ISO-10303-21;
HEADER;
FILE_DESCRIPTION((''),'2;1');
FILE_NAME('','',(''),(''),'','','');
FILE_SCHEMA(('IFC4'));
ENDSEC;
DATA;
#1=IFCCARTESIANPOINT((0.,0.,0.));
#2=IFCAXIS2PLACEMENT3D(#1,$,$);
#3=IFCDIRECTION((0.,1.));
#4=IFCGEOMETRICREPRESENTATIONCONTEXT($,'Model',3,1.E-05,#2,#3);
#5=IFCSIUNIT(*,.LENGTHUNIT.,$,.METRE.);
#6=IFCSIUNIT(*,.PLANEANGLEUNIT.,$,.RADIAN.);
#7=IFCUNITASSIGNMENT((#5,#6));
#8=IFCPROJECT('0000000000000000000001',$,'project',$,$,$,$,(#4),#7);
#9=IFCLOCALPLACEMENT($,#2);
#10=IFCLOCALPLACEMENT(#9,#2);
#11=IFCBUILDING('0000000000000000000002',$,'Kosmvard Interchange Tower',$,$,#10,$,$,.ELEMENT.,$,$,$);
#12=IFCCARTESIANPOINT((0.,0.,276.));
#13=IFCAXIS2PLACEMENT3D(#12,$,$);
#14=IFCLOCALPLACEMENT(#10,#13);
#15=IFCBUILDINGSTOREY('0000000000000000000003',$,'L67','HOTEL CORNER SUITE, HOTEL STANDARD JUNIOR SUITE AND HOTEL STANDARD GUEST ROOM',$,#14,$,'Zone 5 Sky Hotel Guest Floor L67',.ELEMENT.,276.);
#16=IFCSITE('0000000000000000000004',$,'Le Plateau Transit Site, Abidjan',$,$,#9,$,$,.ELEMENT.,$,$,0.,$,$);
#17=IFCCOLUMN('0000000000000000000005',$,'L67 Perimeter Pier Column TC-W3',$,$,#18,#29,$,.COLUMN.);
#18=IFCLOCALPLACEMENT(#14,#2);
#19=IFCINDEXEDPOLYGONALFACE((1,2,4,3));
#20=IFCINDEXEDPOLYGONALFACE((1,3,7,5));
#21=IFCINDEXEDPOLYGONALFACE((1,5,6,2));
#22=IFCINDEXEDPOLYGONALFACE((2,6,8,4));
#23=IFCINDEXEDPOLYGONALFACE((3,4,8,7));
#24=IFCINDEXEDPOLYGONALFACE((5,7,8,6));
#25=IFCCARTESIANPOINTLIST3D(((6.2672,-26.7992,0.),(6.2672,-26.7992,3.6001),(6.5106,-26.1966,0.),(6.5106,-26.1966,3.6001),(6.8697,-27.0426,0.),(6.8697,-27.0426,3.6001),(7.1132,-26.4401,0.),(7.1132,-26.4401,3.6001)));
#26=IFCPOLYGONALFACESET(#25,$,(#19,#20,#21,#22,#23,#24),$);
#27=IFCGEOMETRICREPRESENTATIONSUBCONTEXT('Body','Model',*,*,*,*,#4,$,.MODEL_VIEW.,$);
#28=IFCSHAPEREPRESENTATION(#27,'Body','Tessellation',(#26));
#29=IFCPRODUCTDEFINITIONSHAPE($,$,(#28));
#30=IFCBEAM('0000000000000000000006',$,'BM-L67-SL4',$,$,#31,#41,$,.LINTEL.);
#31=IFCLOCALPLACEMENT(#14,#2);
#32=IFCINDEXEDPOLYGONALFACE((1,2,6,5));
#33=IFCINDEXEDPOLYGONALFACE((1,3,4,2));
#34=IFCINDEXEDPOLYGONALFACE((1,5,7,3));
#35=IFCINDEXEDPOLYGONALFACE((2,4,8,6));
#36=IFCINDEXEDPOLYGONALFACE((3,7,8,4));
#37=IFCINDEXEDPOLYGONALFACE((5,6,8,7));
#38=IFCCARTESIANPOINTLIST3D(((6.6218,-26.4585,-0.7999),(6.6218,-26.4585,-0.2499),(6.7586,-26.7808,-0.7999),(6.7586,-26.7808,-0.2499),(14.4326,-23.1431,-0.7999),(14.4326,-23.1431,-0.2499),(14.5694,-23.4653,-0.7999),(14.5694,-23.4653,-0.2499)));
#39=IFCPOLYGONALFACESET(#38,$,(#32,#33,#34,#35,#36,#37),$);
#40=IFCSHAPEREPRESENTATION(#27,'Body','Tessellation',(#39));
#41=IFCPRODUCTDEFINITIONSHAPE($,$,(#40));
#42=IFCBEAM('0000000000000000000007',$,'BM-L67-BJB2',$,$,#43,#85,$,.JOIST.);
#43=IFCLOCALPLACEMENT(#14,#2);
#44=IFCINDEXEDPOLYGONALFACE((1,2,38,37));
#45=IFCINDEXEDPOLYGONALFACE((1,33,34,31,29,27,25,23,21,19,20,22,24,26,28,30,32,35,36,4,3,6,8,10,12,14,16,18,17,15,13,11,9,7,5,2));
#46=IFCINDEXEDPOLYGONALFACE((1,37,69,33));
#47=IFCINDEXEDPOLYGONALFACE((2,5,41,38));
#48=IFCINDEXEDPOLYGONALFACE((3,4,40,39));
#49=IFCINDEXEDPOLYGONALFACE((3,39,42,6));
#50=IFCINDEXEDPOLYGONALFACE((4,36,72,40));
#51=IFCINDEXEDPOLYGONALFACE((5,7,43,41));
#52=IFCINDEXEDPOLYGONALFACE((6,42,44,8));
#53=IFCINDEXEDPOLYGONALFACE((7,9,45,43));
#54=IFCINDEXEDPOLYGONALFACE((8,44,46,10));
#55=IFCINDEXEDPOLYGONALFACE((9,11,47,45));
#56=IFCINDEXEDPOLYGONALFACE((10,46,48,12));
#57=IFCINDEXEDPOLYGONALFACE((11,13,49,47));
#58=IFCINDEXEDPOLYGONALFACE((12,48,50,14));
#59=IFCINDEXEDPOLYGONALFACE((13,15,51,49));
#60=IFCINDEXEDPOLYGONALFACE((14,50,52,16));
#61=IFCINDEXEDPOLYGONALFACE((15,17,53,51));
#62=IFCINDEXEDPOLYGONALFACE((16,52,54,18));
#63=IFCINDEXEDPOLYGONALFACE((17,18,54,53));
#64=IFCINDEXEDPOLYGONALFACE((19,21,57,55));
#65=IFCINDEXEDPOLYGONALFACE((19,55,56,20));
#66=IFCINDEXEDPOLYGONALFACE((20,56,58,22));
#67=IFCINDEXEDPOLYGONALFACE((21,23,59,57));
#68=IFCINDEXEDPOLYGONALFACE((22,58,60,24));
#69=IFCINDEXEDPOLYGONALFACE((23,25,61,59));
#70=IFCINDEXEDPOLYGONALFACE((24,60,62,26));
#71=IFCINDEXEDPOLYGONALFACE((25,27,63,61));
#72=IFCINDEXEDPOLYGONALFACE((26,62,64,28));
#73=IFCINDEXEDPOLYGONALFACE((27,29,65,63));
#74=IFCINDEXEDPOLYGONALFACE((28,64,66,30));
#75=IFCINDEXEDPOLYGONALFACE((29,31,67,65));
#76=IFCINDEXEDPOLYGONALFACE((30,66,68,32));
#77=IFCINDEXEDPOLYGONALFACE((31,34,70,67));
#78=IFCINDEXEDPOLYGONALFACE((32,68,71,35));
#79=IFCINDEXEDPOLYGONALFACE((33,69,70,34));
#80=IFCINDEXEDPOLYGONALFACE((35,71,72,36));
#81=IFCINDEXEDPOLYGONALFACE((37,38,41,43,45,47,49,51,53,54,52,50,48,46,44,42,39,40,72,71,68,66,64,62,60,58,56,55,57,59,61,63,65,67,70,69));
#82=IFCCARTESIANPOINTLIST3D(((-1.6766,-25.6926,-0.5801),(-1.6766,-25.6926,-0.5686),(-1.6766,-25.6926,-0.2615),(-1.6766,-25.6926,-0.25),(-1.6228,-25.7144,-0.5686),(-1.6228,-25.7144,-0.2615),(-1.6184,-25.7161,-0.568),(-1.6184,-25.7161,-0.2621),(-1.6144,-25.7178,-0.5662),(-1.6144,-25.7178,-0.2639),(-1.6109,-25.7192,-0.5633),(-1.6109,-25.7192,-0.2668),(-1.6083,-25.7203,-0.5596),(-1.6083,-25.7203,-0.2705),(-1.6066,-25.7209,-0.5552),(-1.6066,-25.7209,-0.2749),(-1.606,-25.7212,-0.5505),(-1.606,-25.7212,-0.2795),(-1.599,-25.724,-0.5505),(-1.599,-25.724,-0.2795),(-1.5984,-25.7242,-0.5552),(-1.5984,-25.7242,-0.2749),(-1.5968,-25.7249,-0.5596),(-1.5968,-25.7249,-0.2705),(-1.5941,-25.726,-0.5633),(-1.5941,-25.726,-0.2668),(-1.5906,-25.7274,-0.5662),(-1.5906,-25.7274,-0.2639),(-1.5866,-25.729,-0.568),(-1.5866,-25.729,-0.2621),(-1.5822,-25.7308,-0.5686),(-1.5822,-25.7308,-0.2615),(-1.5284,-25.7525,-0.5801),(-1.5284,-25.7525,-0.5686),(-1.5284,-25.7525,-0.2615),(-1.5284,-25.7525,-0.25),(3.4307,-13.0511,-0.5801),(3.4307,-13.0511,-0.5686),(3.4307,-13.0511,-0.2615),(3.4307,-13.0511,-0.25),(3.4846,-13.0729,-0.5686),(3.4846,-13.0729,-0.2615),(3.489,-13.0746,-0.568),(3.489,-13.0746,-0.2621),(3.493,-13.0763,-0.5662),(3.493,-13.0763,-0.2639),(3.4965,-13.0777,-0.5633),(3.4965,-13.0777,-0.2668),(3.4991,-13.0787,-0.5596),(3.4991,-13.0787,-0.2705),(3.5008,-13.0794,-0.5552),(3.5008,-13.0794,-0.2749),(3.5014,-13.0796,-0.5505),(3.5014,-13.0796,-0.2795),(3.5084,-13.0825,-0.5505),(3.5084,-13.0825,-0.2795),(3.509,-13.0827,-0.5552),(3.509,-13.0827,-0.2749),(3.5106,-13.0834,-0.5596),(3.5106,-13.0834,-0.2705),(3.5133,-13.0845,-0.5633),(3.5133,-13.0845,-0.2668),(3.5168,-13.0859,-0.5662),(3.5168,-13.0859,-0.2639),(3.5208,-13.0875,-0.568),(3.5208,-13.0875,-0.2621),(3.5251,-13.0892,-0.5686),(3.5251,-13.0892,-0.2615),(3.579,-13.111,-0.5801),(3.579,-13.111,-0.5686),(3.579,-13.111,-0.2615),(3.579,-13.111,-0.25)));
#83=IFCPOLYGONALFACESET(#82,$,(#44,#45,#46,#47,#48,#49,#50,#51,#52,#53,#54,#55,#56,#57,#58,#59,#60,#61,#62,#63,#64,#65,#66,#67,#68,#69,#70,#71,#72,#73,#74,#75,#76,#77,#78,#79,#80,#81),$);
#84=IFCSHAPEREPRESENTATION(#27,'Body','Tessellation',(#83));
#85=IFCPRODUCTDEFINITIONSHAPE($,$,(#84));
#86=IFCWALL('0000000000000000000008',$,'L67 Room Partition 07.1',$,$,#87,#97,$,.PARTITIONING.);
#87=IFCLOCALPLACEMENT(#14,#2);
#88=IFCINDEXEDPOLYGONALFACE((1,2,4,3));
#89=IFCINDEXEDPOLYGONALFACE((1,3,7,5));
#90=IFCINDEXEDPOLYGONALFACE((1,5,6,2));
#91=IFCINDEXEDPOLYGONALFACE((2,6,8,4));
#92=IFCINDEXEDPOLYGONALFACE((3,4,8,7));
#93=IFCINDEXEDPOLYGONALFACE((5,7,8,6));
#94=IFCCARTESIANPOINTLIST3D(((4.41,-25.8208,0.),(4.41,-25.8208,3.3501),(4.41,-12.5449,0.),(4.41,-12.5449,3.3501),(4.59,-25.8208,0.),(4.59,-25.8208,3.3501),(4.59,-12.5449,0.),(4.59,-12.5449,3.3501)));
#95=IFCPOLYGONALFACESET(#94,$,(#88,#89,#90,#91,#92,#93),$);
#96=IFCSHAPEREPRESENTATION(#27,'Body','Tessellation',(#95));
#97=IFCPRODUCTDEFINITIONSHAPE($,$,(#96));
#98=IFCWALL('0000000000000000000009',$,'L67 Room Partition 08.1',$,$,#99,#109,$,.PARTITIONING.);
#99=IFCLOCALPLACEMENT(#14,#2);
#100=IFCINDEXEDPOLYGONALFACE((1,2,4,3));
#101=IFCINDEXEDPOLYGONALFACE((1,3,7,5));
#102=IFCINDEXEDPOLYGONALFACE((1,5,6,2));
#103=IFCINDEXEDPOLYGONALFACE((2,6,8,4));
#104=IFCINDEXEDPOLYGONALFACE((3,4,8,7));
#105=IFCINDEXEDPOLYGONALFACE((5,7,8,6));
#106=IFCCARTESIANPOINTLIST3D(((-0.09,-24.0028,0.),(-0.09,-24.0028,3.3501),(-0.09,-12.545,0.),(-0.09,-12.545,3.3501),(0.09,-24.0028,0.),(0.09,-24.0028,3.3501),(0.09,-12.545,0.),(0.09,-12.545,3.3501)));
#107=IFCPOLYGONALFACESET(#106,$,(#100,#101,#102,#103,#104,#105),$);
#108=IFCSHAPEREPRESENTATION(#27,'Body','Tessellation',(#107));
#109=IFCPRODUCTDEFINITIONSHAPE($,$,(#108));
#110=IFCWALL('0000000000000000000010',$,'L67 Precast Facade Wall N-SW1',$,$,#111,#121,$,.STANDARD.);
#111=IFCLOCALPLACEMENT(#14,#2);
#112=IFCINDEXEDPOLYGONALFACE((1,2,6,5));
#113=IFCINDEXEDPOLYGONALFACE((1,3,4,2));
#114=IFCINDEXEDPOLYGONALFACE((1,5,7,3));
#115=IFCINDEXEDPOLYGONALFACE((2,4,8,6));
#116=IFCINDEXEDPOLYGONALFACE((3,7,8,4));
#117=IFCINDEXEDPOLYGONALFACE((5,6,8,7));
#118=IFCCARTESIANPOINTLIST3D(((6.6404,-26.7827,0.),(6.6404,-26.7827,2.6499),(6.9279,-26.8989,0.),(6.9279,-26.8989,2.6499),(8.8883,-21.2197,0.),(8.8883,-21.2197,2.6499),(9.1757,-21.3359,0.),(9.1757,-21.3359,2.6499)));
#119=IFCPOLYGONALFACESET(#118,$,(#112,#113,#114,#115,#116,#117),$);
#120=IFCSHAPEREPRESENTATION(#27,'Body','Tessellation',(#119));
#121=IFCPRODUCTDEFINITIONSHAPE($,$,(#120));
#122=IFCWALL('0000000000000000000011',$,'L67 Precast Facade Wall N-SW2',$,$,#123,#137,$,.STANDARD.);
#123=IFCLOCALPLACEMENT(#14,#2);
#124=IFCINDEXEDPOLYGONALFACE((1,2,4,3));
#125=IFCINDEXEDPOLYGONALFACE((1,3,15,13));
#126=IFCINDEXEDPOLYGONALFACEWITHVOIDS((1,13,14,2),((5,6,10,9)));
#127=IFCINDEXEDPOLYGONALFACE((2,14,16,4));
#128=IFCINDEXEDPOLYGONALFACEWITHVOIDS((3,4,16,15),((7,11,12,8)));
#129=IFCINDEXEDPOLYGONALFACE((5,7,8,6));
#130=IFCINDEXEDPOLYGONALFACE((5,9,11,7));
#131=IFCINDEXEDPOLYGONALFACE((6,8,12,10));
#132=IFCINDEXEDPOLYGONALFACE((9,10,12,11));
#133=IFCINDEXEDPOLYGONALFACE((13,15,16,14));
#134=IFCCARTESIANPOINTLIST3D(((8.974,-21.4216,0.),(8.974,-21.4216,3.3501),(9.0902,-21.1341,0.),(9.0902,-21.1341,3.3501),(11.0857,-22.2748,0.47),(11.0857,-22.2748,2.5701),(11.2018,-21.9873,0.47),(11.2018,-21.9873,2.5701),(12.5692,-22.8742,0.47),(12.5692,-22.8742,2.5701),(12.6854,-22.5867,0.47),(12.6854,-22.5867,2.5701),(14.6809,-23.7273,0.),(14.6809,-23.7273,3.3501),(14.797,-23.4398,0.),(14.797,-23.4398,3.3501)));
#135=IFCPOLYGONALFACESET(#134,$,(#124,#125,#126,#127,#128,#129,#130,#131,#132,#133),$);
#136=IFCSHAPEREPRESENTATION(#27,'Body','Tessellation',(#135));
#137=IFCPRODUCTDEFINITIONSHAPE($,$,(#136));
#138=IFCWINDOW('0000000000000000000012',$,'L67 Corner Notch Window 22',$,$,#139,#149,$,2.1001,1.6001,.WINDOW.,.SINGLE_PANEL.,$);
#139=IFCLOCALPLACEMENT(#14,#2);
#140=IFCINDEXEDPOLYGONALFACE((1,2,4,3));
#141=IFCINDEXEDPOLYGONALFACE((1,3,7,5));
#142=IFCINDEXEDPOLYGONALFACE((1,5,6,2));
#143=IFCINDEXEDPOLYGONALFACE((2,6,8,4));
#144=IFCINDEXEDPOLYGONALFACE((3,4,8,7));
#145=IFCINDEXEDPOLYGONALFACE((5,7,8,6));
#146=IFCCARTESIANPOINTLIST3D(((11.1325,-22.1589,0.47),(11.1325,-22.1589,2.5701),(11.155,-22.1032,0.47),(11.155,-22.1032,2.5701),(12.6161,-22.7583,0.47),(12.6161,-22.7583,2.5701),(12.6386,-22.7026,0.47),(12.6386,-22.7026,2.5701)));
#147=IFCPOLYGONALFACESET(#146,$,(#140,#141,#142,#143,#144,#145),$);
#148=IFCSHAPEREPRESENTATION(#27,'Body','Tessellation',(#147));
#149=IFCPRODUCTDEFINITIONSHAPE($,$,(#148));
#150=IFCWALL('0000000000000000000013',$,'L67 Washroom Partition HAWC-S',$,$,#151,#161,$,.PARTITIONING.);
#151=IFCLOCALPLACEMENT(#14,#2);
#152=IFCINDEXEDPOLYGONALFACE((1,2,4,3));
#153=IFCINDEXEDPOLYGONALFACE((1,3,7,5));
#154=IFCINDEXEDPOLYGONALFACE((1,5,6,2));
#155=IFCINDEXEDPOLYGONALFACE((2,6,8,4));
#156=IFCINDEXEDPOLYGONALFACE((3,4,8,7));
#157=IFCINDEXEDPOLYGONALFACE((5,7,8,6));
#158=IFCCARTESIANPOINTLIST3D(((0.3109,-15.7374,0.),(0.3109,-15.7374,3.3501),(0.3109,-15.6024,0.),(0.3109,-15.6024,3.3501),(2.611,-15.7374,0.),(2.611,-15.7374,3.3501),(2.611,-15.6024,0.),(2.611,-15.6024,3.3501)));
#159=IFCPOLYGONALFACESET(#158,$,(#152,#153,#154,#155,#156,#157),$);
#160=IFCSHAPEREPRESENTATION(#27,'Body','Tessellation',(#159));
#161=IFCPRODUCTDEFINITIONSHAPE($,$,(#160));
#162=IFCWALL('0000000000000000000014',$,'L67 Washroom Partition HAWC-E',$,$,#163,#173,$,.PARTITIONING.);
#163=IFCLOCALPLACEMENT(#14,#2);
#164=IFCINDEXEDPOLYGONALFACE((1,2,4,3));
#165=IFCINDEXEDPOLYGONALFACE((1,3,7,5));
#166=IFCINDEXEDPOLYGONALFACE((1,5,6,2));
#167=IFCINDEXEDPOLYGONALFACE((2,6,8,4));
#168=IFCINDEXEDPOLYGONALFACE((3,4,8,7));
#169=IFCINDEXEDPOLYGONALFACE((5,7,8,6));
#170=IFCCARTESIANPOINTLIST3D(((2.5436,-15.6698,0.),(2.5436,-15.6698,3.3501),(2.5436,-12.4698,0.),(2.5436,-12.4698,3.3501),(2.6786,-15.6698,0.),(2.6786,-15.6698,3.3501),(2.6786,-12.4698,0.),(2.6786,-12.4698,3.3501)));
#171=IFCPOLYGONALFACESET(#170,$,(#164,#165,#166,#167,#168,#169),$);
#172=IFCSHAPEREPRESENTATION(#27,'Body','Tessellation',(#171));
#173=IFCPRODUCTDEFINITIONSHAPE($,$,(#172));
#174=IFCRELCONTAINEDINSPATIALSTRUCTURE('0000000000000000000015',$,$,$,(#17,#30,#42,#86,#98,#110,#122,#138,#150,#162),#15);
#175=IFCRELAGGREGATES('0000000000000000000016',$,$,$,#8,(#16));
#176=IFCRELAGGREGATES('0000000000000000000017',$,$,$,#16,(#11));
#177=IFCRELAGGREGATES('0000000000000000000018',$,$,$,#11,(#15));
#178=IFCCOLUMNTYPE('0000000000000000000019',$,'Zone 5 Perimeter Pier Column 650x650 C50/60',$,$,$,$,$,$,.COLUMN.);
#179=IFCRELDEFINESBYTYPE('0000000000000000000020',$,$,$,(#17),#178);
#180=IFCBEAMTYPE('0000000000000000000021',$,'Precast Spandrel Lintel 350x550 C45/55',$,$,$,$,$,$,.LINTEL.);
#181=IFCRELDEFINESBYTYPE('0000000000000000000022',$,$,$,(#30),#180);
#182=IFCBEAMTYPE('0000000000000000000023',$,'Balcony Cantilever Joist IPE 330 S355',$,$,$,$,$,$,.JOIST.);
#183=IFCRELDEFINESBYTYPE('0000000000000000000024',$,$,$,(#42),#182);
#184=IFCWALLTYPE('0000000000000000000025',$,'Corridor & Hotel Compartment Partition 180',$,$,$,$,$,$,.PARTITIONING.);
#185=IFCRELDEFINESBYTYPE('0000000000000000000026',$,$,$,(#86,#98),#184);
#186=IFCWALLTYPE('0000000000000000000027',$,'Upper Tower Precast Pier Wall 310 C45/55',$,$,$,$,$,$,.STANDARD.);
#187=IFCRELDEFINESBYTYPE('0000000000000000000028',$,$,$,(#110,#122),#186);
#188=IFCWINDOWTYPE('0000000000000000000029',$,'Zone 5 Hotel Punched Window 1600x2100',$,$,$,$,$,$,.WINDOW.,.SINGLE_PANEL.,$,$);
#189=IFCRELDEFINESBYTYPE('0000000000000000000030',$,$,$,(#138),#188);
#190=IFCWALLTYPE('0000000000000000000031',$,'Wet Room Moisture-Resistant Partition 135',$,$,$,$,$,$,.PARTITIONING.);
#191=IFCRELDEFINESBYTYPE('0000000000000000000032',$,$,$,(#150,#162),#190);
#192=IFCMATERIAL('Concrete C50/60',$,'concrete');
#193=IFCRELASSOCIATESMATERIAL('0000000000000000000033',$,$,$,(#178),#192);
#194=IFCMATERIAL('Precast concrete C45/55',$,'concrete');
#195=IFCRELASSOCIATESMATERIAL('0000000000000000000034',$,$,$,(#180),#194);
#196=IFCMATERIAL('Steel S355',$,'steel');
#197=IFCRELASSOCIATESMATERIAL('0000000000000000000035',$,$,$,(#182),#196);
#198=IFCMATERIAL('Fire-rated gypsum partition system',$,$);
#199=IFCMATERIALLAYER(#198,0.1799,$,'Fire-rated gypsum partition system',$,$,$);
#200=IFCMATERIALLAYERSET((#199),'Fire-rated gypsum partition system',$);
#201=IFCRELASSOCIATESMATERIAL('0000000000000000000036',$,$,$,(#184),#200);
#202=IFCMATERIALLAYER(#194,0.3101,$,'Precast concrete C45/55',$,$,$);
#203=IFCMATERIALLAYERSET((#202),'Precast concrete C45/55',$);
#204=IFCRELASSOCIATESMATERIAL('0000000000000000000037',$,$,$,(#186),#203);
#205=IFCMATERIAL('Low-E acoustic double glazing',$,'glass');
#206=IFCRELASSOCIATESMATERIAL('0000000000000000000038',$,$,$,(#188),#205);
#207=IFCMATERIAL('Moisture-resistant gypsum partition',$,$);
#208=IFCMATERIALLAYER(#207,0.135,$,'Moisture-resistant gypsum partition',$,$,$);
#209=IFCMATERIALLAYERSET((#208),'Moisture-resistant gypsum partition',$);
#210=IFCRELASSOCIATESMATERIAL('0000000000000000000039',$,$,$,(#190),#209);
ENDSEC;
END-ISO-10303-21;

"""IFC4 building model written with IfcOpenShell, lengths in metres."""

from ifc_helpers import new_model, si_unit, direction, frame, frame_2d, origin, origin_2d, place, context, subcontext, project, spatial, rectangle, i_section, extrude, source, transform, mapped, material, layer, layer_set, material_profile, profile_set, type_object, element, fill, save


model = new_model("IFC4")

# Units and contexts
model_context = context("Model", 3, precision=1e-05, world=origin(), true_north=direction((0.0, 1.0)))
body_context = subcontext(model_context, "Body", "Model", "MODEL_VIEW")
ifc_project = project(units=[si_unit("LENGTHUNIT", "METRE"), si_unit("PLANEANGLEUNIT", "RADIAN")], contexts=[model_context])

# Site, building, storey
site_placement = place(None, origin())
site = spatial("IfcSite", under=ifc_project, at=site_placement, Name="Le Plateau Transit Site, Abidjan", CompositionType="ELEMENT", RefElevation=0.0)
building_placement = place(site_placement, origin())
building = spatial("IfcBuilding", under=site, at=building_placement, Name="Kosmvard Interchange Tower", CompositionType="ELEMENT")
storey_placement = place(building_placement, frame((0.0, 0.0, 276.0)))
storey = spatial("IfcBuildingStorey", under=building, at=storey_placement, Name="L67", Description="HOTEL CORNER SUITE, HOTEL STANDARD JUNIOR SUITE AND HOTEL STANDARD GUEST ROOM", LongName="Zone 5 Sky Hotel Guest Floor L67", CompositionType="ELEMENT", Elevation=276.0)

# Column
ifc_material_1 = material(Name="Concrete C50/60", Category="concrete")
ifc_material_profile_1 = material_profile(ifc_material_1, rectangle(XDim=0.6499, YDim=0.6499, at=origin_2d()), Name="TC 650x650")
ifc_profile_set_1 = profile_set([ifc_material_profile_1], Name="Concrete C50/60")
column_type = type_object("IfcColumnType", Name="Zone 5 Perimeter Pier Column 650x650 C50/60", PredefinedType="COLUMN", material=ifc_profile_set_1)
shared_shape_1 = source(origin(), body_context, "Body", "SweptSolid", [
    extrude(rectangle(XDim=0.6499, YDim=0.6499, at=origin_2d()), origin(), (0.0, 0.0, 1.0), 3.6001),
])
column_placement = place(storey_placement, frame((6.6902, -26.6196, 0.0), z_axis=(0.0, 0.0, 1.0), x_axis=(0.374607, 0.927184, 0.0)))
element("IfcColumn", 1, at=column_placement, inside=storey, type_object=column_type, Name="L67 Perimeter Pier Column TC-W3", PredefinedType="COLUMN", context=body_context, shape_type="MappedRepresentation", body=[
    mapped(shared_shape_1, transform((0.0, 0.0, 0.0), scale=1.0)),
])

# Beams
ifc_material_2 = material(Name="Precast concrete C45/55", Category="concrete")
ifc_material_profile_2 = material_profile(ifc_material_2, rectangle(XDim=0.3501, YDim=0.55, at=origin_2d()), Name="SL 350x550")
ifc_profile_set_2 = profile_set([ifc_material_profile_2], Name="Precast concrete C45/55")
beam_type_1 = type_object("IfcBeamType", Name="Precast Spandrel Lintel 350x550 C45/55", PredefinedType="LINTEL", material=ifc_profile_set_2)
shared_shape_2 = source(origin(), body_context, "Body", "SweptSolid", [
    extrude(rectangle(XDim=0.3501, YDim=0.55, at=origin_2d()), origin(), (0.0, 0.0, 1.0), 8.4854),
])
beam_1_placement = place(storey_placement, frame((6.6902, -26.6196, -0.5249), z_axis=(0.920507, 0.390726, 0.0), x_axis=(-0.390726, 0.920507, 0.0)))
element("IfcBeam", 2, at=beam_1_placement, inside=storey, type_object=beam_type_1, Name="BM-L67-SL4", PredefinedType="LINTEL", context=body_context, shape_type="MappedRepresentation", body=[
    mapped(shared_shape_2, transform((0.0, 0.0, 0.0), scale=1.0)),
])
ifc_material_3 = material(Name="Steel S355", Category="steel")
ifc_material_profile_3 = material_profile(ifc_material_3, i_section(OverallWidth=0.1599, OverallDepth=0.3301, WebThickness=0.0076, FlangeThickness=0.0115, FilletRadius=0.0181, at=origin_2d()), Name="IPE 330")
ifc_profile_set_3 = profile_set([ifc_material_profile_3], Name="Steel S355")
beam_type_2 = type_object("IfcBeamType", Name="Balcony Cantilever Joist IPE 330 S355", PredefinedType="JOIST", material=ifc_profile_set_3)
shared_shape_3 = source(origin(), body_context, "Body", "SweptSolid", [
    extrude(i_section(OverallWidth=0.1599, OverallDepth=0.3301, WebThickness=0.0076, FlangeThickness=0.0115, FilletRadius=0.0181, at=origin_2d()), origin(), (0.0, 0.0, 1.0), 13.6343),
])
beam_2_placement = place(storey_placement, frame((3.5049, -13.0811, -0.415), z_axis=(-0.374599, -0.927187, 0.0), x_axis=(0.927187, -0.374599, 0.0)))
element("IfcBeam", 3, at=beam_2_placement, inside=storey, type_object=beam_type_2, Name="BM-L67-BJB2", PredefinedType="JOIST", context=body_context, shape_type="MappedRepresentation", body=[
    mapped(shared_shape_3, transform((0.0, 0.0, 0.0), scale=1.0)),
])

# Walls
ifc_material_4 = material(Name="Fire-rated gypsum partition system")
ifc_layer_1 = layer(ifc_material_4, 0.1799, Name="Fire-rated gypsum partition system")
ifc_layer_set_1 = layer_set([ifc_layer_1], Name="Fire-rated gypsum partition system")
wall_type_1 = type_object("IfcWallType", Name="Corridor & Hotel Compartment Partition 180", PredefinedType="PARTITIONING", material=ifc_layer_set_1)
wall_1_placement = place(storey_placement, frame((4.5, -12.5449, 0.0), z_axis=(0.0, 0.0, 1.0), x_axis=(0.0, -1.0, 0.0)))
element("IfcWall", 4, at=wall_1_placement, inside=storey, type_object=wall_type_1, Name="L67 Room Partition 07.1", PredefinedType="PARTITIONING", context=body_context, shape_type="SweptSolid", body=[
    extrude(rectangle(XDim=13.2759, YDim=0.1799, at=frame_2d((6.6379, 0.0))), origin(), (0.0, 0.0, 1.0), 3.3501),
])
wall_2_placement = place(storey_placement, frame((0.0, -12.5449, 0.0), z_axis=(0.0, 0.0, 1.0), x_axis=(0.0, -1.0, 0.0)))
element("IfcWall", 5, at=wall_2_placement, inside=storey, type_object=wall_type_1, Name="L67 Room Partition 08.1", PredefinedType="PARTITIONING", context=body_context, shape_type="SweptSolid", body=[
    extrude(rectangle(XDim=11.4578, YDim=0.1799, at=frame_2d((5.729, 0.0))), origin(), (0.0, 0.0, 1.0), 3.3501),
])
ifc_layer_2 = layer(ifc_material_2, 0.3101, Name="Precast concrete C45/55")
ifc_layer_set_2 = layer_set([ifc_layer_2], Name="Precast concrete C45/55")
wall_type_2 = type_object("IfcWallType", Name="Upper Tower Precast Pier Wall 310 C45/55", PredefinedType="STANDARD", material=ifc_layer_set_2)
wall_3_placement = place(storey_placement, frame((6.7842, -26.8408, 0.0), z_axis=(0.0, 0.0, 1.0), x_axis=(0.374637, 0.927172, 0.0)))
element("IfcWall", 6, at=wall_3_placement, inside=storey, type_object=wall_type_2, Name="L67 Precast Facade Wall N-SW1", PredefinedType="STANDARD", context=body_context, shape_type="SweptSolid", body=[
    extrude(rectangle(XDim=6.0, YDim=0.3101, at=frame_2d((3.0, 0.0))), origin(), (0.0, 0.0, 1.0), 2.6499),
])

# Wall, opening, window
wall_4_placement = place(storey_placement, frame((9.032, -21.2778, 0.0), z_axis=(0.0, 0.0, 1.0), x_axis=(0.927185, -0.374603, 0.0)))
wall_4 = element("IfcWall", 7, at=wall_4_placement, inside=storey, type_object=wall_type_2, Name="L67 Precast Facade Wall N-SW2", PredefinedType="STANDARD", context=body_context, shape_type="SweptSolid", body=[
    extrude(rectangle(XDim=6.155, YDim=0.3101, at=frame_2d((3.0776, 0.0))), origin(), (0.0, 0.0, 1.0), 3.3501),
])
opening_1_placement = place(wall_4_placement, frame((2.2776, 0.0, 0.47)))
opening_1 = element("IfcOpeningElement", 8, at=opening_1_placement, cuts=wall_4, PredefinedType="OPENING", context=body_context, shape_type="SweptSolid", body=[
    extrude(rectangle(XDim=1.6001, YDim=2.1001, at=frame_2d((0.8, 1.05))), frame((0.0, 0.165, 0.0), z_axis=(0.0, -1.0, 0.0), x_axis=(1.0, 0.0, 0.0)), (0.0, 0.0, 1.0), 0.3301),
])
ifc_material_5 = material(Name="Low-E acoustic double glazing", Category="glass")
window_type = type_object("IfcWindowType", Name="Zone 5 Hotel Punched Window 1600x2100", PartitioningType="SINGLE_PANEL", PredefinedType="WINDOW", material=ifc_material_5)
shared_shape_4 = source(origin(), body_context, "Body", "SweptSolid", [
    extrude(rectangle(XDim=1.6001, YDim=2.1001, at=frame_2d((0.8, 1.05))), frame((0.0, 0.03, 0.0), z_axis=(0.0, -1.0, 0.0), x_axis=(1.0, 0.0, 0.0)), (0.0, 0.0, 1.0), 0.0601),
])
window_placement = place(opening_1_placement, origin())
window = element("IfcWindow", 9, at=window_placement, inside=storey, type_object=window_type, Name="L67 Corner Notch Window 22", OverallHeight=2.1001, OverallWidth=1.6001, PartitioningType="SINGLE_PANEL", PredefinedType="WINDOW", context=body_context, shape_type="MappedRepresentation", body=[
    mapped(shared_shape_4, transform((0.0, 0.0, 0.0), scale=1.0)),
])
fill(opening_1, window)

# Walls
ifc_material_6 = material(Name="Moisture-resistant gypsum partition")
ifc_layer_3 = layer(ifc_material_6, 0.135, Name="Moisture-resistant gypsum partition")
ifc_layer_set_3 = layer_set([ifc_layer_3], Name="Moisture-resistant gypsum partition")
wall_type_3 = type_object("IfcWallType", Name="Wet Room Moisture-Resistant Partition 135", PredefinedType="PARTITIONING", material=ifc_layer_set_3)
wall_5_placement = place(storey_placement, frame((0.311, -15.6699, 0.0), z_axis=(0.0, 0.0, 1.0), x_axis=(1.0, 0.0, 0.0)))
element("IfcWall", 10, at=wall_5_placement, inside=storey, type_object=wall_type_3, Name="L67 Washroom Partition HAWC-S", PredefinedType="PARTITIONING", context=body_context, shape_type="SweptSolid", body=[
    extrude(rectangle(XDim=2.3, YDim=0.135, at=frame_2d((1.1499, 0.0))), origin(), (0.0, 0.0, 1.0), 3.3501),
])
for number, where, z_axis, x_axis, name in (
    (11, (2.6111, -15.6699, 0.0), (0.0, 0.0, 1.0), (0.0, 1.0, 0.0), "L67 Washroom Partition HAWC-E"),
):
    element("IfcWall", number, at=place(storey_placement, frame(where, z_axis=z_axis, x_axis=x_axis)), inside=storey, type_object=wall_type_3, Name=name, PredefinedType="PARTITIONING", context=body_context, shape_type="SweptSolid", body=[
        extrude(rectangle(XDim=3.2, YDim=0.135, at=frame_2d((1.6001, 0.0))), origin(), (0.0, 0.0, 1.0), 3.3501),
    ])

save(model, "model.ifc")
